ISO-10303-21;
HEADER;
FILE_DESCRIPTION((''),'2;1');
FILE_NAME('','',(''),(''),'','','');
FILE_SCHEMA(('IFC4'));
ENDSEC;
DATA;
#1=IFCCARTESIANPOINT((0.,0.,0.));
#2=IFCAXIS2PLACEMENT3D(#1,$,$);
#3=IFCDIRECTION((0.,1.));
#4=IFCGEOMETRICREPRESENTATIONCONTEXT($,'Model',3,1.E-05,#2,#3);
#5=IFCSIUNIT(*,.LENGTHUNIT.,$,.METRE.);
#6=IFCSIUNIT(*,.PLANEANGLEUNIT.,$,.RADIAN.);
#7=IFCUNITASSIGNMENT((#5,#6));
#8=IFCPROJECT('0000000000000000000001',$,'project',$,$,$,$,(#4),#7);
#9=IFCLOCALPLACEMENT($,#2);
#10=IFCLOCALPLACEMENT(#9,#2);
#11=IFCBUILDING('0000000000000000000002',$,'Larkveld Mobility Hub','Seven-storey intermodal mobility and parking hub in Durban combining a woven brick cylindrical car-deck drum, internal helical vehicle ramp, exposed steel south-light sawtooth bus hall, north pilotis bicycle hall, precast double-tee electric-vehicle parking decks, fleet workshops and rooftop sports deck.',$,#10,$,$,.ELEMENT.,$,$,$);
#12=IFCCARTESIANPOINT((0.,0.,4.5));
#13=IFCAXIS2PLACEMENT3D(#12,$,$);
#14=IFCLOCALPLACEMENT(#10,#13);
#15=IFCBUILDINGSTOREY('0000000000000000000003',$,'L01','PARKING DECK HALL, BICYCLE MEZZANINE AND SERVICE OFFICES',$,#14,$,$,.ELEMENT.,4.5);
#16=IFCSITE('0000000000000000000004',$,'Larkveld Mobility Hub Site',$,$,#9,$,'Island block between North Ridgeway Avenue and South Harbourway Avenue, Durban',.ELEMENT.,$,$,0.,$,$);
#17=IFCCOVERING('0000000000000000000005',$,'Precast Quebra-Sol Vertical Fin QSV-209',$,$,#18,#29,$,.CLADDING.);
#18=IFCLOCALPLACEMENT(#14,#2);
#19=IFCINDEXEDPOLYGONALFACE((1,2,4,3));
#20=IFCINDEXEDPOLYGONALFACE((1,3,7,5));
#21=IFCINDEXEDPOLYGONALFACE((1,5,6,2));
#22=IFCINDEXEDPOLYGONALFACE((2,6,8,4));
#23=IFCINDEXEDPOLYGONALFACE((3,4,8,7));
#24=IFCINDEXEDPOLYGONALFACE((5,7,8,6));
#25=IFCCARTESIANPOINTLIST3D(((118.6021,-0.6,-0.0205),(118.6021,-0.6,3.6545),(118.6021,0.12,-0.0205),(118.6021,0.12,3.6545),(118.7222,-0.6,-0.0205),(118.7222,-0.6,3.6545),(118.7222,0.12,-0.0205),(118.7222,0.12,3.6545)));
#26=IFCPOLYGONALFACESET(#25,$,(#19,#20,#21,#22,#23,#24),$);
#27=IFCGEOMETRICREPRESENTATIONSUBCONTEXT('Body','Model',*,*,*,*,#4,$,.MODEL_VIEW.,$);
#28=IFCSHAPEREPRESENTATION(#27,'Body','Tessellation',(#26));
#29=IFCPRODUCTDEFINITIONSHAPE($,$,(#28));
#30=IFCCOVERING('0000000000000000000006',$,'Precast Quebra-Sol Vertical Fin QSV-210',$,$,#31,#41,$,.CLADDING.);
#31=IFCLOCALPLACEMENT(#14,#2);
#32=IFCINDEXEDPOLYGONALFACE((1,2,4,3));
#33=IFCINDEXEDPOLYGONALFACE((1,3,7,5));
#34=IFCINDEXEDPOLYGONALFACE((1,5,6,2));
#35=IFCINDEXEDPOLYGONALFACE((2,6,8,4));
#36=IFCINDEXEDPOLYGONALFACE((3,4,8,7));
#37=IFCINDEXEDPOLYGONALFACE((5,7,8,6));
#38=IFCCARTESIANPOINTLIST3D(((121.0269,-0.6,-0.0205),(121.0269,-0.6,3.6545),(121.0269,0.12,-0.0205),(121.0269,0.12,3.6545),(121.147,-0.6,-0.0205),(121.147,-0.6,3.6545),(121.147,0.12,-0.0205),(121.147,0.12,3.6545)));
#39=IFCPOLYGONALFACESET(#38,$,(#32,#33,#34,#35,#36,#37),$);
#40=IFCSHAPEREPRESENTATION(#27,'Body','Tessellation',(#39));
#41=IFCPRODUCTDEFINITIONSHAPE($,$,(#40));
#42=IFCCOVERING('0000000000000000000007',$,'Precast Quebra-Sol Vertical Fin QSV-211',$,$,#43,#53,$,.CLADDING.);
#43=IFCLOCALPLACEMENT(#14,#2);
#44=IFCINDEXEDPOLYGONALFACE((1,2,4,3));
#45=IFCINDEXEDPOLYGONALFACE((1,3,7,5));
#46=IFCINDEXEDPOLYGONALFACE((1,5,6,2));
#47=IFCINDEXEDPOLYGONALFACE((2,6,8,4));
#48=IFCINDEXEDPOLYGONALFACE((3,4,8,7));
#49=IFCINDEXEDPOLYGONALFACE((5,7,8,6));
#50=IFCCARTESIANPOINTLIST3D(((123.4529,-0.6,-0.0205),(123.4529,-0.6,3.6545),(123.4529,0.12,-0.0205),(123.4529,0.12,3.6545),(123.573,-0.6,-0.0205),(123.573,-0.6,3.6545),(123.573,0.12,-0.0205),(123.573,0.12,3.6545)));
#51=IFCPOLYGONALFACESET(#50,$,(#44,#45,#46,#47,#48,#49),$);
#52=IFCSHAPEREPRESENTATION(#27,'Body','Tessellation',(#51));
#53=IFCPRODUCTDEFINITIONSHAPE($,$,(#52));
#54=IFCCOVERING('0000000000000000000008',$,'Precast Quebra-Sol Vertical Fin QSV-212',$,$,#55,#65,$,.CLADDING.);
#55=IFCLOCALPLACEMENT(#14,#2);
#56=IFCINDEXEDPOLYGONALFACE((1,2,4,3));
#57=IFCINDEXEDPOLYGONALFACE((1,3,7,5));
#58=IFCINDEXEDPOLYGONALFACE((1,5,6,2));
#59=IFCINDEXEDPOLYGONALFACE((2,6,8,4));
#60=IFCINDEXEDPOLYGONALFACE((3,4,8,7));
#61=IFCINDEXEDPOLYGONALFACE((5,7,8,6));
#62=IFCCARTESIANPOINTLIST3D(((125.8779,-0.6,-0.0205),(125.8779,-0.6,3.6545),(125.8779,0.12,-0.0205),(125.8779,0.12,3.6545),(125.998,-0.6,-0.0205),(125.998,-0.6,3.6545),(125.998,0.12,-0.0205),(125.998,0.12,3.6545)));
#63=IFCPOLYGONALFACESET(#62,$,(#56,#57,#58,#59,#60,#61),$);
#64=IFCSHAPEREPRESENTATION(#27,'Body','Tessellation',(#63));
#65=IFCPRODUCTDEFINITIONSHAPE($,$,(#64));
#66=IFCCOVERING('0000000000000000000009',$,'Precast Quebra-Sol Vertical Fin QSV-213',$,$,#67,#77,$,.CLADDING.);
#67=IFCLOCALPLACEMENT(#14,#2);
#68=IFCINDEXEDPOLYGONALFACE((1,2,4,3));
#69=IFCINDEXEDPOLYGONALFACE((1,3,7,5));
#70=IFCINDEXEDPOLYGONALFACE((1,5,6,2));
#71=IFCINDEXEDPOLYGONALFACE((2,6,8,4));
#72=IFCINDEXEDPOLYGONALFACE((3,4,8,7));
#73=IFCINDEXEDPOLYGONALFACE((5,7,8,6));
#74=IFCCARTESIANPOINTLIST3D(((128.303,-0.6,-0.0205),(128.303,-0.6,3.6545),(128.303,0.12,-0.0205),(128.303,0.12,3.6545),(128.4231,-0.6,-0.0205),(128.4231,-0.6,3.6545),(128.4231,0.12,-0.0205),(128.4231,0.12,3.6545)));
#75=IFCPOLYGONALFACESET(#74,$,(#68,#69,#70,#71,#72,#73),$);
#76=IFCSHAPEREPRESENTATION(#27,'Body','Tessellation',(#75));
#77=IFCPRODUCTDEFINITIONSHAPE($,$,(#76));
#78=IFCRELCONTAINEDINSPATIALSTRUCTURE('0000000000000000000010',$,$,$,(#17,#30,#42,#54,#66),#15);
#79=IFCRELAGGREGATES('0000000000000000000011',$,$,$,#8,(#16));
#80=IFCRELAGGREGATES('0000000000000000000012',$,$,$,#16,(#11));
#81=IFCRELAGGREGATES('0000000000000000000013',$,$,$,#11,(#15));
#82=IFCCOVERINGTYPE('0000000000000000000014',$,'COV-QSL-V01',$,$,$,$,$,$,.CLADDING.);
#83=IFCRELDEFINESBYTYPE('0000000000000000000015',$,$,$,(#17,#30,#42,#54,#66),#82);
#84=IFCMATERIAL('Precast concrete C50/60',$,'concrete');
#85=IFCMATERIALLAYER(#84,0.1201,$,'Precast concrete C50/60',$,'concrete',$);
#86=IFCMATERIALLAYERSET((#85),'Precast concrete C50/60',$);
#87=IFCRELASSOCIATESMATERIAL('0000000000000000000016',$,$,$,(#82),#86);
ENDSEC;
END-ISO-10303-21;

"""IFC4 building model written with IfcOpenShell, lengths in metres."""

from ifc_helpers import new_model, si_unit, direction, frame, origin, origin_2d, place, context, subcontext, project, spatial, rectangle, extrude, material, layer, layer_set, type_object, element, save


model = new_model("IFC4")

# Units and contexts
model_context = context("Model", 3, precision=1e-05, world=origin(), true_north=direction((0.0, 1.0)))
body_context = subcontext(model_context, "Body", "Model", "MODEL_VIEW")
ifc_project = project(units=[si_unit("LENGTHUNIT", "METRE"), si_unit("PLANEANGLEUNIT", "RADIAN")], contexts=[model_context])

# Site, building, storey
site_placement = place(None, origin())
site = spatial("IfcSite", under=ifc_project, at=site_placement, Name="Larkveld Mobility Hub Site", LongName="Island block between North Ridgeway Avenue and South Harbourway Avenue, Durban", CompositionType="ELEMENT", RefElevation=0.0)
building_placement = place(site_placement, origin())
building = spatial("IfcBuilding", under=site, at=building_placement, Name="Larkveld Mobility Hub", Description="Seven-storey intermodal mobility and parking hub in Durban combining a woven brick cylindrical car-deck drum, internal helical vehicle ramp, exposed steel south-light sawtooth bus hall, north pilotis bicycle hall, precast double-tee electric-vehicle parking decks, fleet workshops and rooftop sports deck.", CompositionType="ELEMENT")
storey_placement = place(building_placement, frame((0.0, 0.0, 4.5)))
storey = spatial("IfcBuildingStorey", under=building, at=storey_placement, Name="L01", Description="PARKING DECK HALL, BICYCLE MEZZANINE AND SERVICE OFFICES", CompositionType="ELEMENT", Elevation=4.5)

# Shared definitions
ifc_material_1 = material(Name="Precast concrete C50/60", Category="concrete")

# Coverings
ifc_layer_1 = layer(ifc_material_1, 0.1201, Name="Precast concrete C50/60", Category="concrete")
ifc_layer_set_1 = layer_set([ifc_layer_1], Name="Precast concrete C50/60")
covering_type = type_object("IfcCoveringType", Name="COV-QSL-V01", PredefinedType="CLADDING", material=ifc_layer_set_1)
for number, where, z_axis, x_axis, name in (
    (1, (118.6621, -0.24, -0.0205), (0.0, 0.0, 1.0), (1.0, 0.0, 0.0), "Precast Quebra-Sol Vertical Fin QSV-209"),
    (2, (121.0869, -0.24, -0.0205), (0.0, 0.0, 1.0), (1.0, 0.0, 0.0), "Precast Quebra-Sol Vertical Fin QSV-210"),
    (3, (123.5129, -0.24, -0.0205), (0.0, 0.0, 1.0), (1.0, 0.0, 0.0), "Precast Quebra-Sol Vertical Fin QSV-211"),
    (4, (125.938, -0.24, -0.0205), (0.0, 0.0, 1.0), (1.0, 0.0, 0.0), "Precast Quebra-Sol Vertical Fin QSV-212"),
    (5, (128.363, -0.24, -0.0205), (0.0, 0.0, 1.0), (1.0, 0.0, 0.0), "Precast Quebra-Sol Vertical Fin QSV-213"),
):
    element("IfcCovering", number, at=place(storey_placement, frame(where, z_axis=z_axis, x_axis=x_axis)), inside=storey, type_object=covering_type, Name=name, PredefinedType="CLADDING", context=body_context, shape_type="SweptSolid", body=[
        extrude(rectangle(XDim=0.1201, YDim=0.72, at=origin_2d()), origin(), (0.0, 0.0, 1.0), 3.675),
    ])

save(model, "model.ifc")
